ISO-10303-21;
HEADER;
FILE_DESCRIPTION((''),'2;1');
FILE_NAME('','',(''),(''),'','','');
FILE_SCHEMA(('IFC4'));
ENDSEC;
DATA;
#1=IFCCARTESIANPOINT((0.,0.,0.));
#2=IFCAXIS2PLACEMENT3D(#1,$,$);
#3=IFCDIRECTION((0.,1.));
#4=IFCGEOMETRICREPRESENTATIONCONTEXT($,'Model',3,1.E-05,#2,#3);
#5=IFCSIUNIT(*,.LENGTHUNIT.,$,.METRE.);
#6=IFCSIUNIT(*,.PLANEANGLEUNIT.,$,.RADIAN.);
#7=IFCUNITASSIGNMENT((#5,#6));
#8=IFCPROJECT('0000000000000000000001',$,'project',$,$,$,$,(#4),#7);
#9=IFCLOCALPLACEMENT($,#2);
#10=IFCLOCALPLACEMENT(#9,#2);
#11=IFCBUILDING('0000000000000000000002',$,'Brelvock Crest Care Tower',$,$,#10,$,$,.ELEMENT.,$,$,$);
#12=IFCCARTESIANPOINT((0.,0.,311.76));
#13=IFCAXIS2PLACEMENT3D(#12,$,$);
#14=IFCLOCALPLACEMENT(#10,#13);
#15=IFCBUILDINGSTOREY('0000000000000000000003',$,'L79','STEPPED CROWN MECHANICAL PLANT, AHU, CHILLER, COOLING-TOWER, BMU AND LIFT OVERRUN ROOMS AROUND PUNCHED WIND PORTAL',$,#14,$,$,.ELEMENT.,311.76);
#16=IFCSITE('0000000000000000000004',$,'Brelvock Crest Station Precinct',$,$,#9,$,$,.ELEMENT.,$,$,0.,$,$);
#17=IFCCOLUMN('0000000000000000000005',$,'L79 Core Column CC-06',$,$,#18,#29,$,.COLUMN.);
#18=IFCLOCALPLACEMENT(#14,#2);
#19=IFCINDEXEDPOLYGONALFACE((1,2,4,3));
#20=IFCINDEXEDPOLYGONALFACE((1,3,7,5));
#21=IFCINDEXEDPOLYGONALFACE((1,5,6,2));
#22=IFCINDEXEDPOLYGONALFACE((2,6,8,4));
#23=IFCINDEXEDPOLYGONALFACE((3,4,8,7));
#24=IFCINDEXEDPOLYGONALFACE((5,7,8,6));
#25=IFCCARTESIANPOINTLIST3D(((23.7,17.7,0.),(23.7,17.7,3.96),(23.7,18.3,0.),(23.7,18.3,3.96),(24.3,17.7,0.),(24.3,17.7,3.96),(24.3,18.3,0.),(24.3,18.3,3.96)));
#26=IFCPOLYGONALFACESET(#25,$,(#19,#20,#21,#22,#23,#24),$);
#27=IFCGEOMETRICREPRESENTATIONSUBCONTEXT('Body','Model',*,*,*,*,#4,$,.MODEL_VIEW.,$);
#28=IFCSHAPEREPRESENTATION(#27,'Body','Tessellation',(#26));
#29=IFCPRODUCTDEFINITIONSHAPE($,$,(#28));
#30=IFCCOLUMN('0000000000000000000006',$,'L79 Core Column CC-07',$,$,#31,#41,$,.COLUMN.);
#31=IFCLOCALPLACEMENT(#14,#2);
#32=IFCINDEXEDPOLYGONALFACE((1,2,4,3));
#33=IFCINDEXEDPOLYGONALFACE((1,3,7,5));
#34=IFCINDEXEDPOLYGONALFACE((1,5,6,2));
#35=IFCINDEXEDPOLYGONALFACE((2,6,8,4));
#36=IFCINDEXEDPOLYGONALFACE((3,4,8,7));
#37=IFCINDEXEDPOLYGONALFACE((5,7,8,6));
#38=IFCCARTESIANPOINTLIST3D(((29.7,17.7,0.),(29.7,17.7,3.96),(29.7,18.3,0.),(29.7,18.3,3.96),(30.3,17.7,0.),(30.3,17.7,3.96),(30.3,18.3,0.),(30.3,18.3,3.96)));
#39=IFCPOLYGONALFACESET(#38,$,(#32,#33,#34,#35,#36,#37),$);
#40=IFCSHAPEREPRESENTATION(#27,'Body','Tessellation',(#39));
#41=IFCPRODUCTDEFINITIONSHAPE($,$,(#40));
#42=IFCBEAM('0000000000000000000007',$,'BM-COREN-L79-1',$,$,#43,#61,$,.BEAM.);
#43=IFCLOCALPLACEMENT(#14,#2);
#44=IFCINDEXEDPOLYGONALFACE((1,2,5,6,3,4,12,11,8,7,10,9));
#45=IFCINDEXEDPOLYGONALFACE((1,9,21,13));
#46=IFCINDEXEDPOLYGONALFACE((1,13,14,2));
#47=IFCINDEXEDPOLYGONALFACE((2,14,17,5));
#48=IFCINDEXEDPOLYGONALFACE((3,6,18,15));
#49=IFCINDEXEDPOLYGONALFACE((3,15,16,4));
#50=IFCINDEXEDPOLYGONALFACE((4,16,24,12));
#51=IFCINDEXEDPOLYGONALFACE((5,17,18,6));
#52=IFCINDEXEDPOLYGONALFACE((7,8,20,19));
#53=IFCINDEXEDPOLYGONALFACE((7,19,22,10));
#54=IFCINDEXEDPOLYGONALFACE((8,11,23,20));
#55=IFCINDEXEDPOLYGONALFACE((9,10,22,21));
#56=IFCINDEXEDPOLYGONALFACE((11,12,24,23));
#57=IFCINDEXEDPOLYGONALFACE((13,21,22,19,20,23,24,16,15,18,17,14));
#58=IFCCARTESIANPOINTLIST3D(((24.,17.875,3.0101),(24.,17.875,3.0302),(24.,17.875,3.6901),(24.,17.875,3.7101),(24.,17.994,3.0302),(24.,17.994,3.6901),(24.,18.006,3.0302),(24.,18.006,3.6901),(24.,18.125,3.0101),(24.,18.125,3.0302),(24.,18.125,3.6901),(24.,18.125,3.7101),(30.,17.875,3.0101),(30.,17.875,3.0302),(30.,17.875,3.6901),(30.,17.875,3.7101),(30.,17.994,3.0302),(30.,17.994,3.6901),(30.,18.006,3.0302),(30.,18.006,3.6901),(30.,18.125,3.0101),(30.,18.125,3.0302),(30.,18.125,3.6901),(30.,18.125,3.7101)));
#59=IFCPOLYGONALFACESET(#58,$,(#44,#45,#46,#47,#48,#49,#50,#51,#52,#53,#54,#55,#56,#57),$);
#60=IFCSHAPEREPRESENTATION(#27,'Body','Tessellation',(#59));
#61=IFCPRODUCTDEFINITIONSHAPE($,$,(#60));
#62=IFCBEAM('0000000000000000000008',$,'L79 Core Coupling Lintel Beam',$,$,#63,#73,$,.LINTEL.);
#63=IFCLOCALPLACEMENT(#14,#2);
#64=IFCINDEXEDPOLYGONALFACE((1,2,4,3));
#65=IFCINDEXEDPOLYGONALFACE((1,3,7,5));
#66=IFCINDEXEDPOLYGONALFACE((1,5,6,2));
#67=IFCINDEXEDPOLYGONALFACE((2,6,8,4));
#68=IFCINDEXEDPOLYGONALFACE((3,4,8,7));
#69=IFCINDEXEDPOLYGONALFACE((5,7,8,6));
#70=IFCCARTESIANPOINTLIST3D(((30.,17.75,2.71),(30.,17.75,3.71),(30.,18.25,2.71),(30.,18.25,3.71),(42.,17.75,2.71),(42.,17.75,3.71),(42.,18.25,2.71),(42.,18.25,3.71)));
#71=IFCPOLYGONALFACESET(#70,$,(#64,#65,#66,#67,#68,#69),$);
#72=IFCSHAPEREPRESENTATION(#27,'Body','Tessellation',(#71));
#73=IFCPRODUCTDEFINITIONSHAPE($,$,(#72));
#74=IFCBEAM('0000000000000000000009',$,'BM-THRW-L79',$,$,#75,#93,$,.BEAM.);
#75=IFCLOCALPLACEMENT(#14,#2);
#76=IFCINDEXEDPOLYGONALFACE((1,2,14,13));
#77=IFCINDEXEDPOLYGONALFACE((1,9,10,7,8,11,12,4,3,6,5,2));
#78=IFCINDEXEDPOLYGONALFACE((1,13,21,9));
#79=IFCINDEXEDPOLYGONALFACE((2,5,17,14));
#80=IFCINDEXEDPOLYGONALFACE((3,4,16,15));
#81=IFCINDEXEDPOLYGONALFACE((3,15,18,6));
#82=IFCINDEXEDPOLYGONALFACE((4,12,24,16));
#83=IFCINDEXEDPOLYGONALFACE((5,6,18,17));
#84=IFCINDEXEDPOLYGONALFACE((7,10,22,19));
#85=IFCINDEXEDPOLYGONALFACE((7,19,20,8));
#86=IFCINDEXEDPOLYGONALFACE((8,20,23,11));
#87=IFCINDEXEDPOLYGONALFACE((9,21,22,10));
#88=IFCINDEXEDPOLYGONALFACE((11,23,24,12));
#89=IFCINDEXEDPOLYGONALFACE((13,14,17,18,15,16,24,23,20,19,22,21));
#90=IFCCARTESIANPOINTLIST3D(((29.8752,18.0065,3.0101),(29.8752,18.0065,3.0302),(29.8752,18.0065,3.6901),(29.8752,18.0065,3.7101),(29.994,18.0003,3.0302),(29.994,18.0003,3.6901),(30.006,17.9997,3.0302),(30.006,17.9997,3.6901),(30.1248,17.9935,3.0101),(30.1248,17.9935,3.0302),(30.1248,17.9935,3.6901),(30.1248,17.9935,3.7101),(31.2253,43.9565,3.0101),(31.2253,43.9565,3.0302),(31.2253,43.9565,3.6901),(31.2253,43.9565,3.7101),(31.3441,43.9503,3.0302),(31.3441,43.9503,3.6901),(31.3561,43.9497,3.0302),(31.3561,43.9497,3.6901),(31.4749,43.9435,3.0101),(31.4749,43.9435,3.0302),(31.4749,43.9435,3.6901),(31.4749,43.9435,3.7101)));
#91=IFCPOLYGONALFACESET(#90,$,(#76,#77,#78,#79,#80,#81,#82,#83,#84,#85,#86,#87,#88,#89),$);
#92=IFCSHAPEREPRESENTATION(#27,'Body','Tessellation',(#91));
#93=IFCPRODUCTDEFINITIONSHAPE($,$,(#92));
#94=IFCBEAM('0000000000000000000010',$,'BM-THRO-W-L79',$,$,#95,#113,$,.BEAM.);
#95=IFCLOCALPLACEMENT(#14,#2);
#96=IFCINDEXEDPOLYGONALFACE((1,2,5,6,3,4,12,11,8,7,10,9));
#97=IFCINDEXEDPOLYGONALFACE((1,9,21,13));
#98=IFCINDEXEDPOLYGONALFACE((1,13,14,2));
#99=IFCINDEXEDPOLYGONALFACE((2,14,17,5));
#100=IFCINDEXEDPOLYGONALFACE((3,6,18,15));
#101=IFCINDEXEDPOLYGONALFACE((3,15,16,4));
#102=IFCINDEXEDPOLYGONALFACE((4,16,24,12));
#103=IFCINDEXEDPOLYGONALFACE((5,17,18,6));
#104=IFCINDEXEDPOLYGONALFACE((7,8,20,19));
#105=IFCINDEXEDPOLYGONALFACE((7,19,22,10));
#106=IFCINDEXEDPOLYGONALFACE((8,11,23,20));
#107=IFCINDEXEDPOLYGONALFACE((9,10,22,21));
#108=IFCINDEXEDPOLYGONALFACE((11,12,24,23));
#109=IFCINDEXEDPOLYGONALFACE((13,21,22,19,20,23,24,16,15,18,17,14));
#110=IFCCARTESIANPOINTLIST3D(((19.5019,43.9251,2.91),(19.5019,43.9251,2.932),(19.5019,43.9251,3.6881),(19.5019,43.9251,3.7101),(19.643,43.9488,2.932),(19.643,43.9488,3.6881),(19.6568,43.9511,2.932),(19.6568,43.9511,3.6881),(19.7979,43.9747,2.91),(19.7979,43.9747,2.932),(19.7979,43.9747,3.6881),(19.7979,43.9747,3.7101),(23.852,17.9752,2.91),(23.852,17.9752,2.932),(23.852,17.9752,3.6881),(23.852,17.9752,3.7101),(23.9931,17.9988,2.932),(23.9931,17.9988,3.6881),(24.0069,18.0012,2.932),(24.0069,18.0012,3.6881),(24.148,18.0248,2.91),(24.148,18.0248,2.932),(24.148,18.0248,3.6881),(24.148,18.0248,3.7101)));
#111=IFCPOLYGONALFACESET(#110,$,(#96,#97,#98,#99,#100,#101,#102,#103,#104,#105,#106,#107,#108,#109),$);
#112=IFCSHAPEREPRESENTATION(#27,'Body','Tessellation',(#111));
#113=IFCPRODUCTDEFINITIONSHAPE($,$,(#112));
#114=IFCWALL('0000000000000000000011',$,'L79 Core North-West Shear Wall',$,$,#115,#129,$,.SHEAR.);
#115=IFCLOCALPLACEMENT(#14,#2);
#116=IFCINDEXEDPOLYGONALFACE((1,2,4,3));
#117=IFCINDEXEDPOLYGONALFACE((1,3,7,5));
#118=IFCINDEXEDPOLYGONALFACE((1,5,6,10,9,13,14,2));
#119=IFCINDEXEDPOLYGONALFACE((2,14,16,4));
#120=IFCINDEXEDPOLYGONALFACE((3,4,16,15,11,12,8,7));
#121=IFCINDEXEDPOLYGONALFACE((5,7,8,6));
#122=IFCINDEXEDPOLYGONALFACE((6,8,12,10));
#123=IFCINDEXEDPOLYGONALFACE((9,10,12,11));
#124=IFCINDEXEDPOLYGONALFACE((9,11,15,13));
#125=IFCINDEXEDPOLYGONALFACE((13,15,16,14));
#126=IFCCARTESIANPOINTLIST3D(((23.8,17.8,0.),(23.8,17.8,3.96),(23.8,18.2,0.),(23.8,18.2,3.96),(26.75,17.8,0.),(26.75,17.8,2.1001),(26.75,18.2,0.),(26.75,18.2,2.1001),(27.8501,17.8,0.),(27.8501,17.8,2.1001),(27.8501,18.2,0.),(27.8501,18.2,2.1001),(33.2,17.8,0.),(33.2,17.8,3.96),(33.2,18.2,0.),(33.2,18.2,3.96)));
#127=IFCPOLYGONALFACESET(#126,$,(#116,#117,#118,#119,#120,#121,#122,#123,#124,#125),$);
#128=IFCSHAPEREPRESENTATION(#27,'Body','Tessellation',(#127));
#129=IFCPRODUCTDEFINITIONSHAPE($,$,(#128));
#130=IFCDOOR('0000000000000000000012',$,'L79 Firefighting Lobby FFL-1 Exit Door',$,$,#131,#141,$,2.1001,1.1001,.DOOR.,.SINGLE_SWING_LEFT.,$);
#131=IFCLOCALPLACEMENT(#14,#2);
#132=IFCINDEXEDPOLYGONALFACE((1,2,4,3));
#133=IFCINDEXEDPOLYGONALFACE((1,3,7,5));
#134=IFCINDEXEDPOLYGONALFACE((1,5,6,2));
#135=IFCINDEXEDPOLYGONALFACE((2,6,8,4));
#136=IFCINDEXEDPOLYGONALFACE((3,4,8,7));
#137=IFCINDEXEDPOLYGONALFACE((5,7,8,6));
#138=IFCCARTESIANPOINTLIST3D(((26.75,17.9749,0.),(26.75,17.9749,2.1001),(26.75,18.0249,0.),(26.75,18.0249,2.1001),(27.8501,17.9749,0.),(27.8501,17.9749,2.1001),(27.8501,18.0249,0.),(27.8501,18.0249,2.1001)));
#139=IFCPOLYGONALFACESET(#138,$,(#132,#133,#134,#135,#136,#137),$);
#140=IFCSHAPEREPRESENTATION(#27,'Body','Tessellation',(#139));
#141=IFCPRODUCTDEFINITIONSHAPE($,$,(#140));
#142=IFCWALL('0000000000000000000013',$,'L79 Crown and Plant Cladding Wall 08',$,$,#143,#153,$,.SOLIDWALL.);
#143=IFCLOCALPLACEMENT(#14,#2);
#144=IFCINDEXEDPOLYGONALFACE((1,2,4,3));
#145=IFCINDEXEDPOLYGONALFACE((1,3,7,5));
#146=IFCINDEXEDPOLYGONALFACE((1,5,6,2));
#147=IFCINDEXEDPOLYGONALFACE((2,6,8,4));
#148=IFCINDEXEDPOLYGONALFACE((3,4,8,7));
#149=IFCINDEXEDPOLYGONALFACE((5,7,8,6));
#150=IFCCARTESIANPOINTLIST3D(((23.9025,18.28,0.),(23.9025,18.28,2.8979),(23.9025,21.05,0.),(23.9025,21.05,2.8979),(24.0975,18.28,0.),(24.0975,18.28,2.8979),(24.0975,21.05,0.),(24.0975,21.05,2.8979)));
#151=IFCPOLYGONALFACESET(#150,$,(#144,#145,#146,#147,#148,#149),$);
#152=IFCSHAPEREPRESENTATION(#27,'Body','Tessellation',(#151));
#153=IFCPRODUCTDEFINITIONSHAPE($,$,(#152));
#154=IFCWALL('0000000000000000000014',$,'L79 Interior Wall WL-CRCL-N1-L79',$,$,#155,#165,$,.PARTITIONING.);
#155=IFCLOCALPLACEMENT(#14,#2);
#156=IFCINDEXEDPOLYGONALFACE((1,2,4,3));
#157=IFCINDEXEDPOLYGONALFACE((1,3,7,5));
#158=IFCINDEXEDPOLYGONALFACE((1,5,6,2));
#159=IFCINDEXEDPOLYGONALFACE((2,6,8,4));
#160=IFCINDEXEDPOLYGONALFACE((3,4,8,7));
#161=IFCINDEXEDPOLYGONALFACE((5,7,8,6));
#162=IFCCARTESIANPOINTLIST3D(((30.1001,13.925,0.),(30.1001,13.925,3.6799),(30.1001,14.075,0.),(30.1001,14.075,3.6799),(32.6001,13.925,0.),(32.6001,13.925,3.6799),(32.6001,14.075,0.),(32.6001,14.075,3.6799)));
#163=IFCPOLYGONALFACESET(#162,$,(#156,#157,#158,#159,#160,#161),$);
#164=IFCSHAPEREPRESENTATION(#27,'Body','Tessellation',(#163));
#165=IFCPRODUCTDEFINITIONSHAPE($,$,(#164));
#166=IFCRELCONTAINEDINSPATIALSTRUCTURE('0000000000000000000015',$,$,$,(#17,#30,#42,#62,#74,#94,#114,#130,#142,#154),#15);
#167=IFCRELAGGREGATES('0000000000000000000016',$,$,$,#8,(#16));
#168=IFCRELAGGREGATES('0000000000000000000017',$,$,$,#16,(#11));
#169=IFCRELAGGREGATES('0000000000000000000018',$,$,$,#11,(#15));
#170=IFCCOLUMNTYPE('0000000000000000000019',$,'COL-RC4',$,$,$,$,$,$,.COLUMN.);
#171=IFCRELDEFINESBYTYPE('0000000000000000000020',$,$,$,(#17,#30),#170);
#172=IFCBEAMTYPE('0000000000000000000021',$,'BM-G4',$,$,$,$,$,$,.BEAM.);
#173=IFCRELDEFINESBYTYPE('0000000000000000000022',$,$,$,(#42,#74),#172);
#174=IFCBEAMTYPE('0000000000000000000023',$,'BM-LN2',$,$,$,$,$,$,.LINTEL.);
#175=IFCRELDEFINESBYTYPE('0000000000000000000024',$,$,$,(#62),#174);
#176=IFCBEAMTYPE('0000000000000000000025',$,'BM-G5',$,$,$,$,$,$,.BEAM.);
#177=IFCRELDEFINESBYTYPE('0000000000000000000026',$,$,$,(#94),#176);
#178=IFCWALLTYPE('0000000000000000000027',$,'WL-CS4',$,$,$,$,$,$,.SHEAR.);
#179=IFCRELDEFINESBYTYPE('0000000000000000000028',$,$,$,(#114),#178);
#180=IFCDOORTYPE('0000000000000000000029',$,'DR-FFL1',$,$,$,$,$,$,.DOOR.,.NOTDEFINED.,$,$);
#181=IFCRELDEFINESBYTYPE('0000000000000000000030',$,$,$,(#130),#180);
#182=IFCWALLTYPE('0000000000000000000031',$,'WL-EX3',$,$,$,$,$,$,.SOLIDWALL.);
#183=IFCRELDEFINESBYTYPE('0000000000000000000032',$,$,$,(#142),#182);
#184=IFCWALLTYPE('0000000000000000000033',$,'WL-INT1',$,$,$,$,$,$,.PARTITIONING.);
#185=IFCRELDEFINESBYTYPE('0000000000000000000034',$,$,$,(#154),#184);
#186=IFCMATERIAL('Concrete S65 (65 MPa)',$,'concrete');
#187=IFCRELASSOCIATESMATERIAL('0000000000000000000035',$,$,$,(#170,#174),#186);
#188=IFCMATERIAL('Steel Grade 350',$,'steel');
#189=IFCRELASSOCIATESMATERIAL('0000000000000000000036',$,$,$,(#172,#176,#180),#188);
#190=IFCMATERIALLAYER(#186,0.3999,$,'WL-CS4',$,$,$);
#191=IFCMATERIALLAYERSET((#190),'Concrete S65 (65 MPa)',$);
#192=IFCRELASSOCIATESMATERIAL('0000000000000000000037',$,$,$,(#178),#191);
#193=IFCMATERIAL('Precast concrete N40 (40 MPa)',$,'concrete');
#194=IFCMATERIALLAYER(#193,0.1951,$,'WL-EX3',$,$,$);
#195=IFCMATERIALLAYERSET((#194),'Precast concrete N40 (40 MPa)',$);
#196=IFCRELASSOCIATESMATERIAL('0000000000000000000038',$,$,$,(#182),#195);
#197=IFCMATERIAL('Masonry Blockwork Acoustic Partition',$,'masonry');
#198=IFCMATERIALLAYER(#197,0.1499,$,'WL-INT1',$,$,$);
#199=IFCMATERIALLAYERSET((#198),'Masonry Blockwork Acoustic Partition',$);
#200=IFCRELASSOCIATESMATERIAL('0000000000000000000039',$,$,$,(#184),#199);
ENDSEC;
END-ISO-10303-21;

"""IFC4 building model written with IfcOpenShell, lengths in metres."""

from ifc_helpers import new_model, si_unit, direction, frame, frame_2d, origin, origin_2d, place, context, subcontext, project, spatial, rectangle, i_section, extrude, source, transform, mapped, material, layer, layer_set, material_profile, profile_set, type_object, element, fill, save


model = new_model("IFC4")

# Units and contexts
model_context = context("Model", 3, precision=1e-05, world=origin(), true_north=direction((0.0, 1.0)))
body_context = subcontext(model_context, "Body", "Model", "MODEL_VIEW")
ifc_project = project(units=[si_unit("LENGTHUNIT", "METRE"), si_unit("PLANEANGLEUNIT", "RADIAN")], contexts=[model_context])

# Site, building, storey
site_placement = place(None, origin())
site = spatial("IfcSite", under=ifc_project, at=site_placement, Name="Brelvock Crest Station Precinct", CompositionType="ELEMENT", RefElevation=0.0)
building_placement = place(site_placement, origin())
building = spatial("IfcBuilding", under=site, at=building_placement, Name="Brelvock Crest Care Tower", CompositionType="ELEMENT")
storey_placement = place(building_placement, frame((0.0, 0.0, 311.76)))
storey = spatial("IfcBuildingStorey", under=building, at=storey_placement, Name="L79", Description="STEPPED CROWN MECHANICAL PLANT, AHU, CHILLER, COOLING-TOWER, BMU AND LIFT OVERRUN ROOMS AROUND PUNCHED WIND PORTAL", CompositionType="ELEMENT", Elevation=311.76)

# Columns
ifc_material_1 = material(Name="Concrete S65 (65 MPa)", Category="concrete")
ifc_material_profile_1 = material_profile(ifc_material_1, rectangle(XDim=0.6001, YDim=0.6001, at=origin_2d()), Name="RC600x600")
ifc_profile_set_1 = profile_set([ifc_material_profile_1], Name="Concrete S65 (65 MPa)")
column_type = type_object("IfcColumnType", Name="COL-RC4", PredefinedType="COLUMN", material=ifc_profile_set_1)
shared_shape_1 = source(origin(), body_context, "Body", "SweptSolid", [
    extrude(rectangle(XDim=0.6001, YDim=0.6001, at=origin_2d()), origin(), (0.0, 0.0, 1.0), 3.96),
])
for number, where, z_axis, x_axis, name in (
    (1, (24.0, 18.0, 0.0), (0.0, 0.0, 1.0), (1.0, 0.0, 0.0), "L79 Core Column CC-06"),
    (2, (30.0, 18.0, 0.0), (0.0, 0.0, 1.0), (1.0, 0.0, 0.0), "L79 Core Column CC-07"),
):
    element("IfcColumn", number, at=place(storey_placement, frame(where, z_axis=z_axis, x_axis=x_axis)), inside=storey, type_object=column_type, Name=name, PredefinedType="COLUMN", context=body_context, shape_type="MappedRepresentation", body=[
        mapped(shared_shape_1, transform((0.0, 0.0, 0.0), x_axis=(1.0, 0.0, 0.0), y_axis=(0.0, 1.0, 0.0), z_axis=(0.0, 0.0, 1.0), scale=1.0)),
    ])

# Beams
ifc_material_2 = material(Name="Steel Grade 350", Category="steel")
ifc_material_profile_2 = material_profile(ifc_material_2, i_section(OverallWidth=0.25, OverallDepth=0.7, WebThickness=0.012, FlangeThickness=0.02, at=origin_2d()), Name="700WB150")
ifc_profile_set_2 = profile_set([ifc_material_profile_2], Name="Steel Grade 350")
beam_type_1 = type_object("IfcBeamType", Name="BM-G4", PredefinedType="BEAM", material=ifc_profile_set_2)
shared_shape_2 = source(origin(), body_context, "Body", "SweptSolid", [
    extrude(i_section(OverallWidth=0.25, OverallDepth=0.7, WebThickness=0.012, FlangeThickness=0.02, at=origin_2d()), origin(), (0.0, 0.0, 1.0), 6.0),
])
beam_1_placement = place(storey_placement, frame((24.0, 18.0, 3.3601), z_axis=(1.0, 0.0, 0.0), x_axis=(0.0, 1.0, 0.0)))
element("IfcBeam", 3, at=beam_1_placement, inside=storey, type_object=beam_type_1, Name="BM-COREN-L79-1", PredefinedType="BEAM", context=body_context, shape_type="MappedRepresentation", body=[
    mapped(shared_shape_2, transform((0.0, 0.0, 0.0), x_axis=(1.0, 0.0, 0.0), y_axis=(0.0, 1.0, 0.0), z_axis=(0.0, 0.0, 1.0), scale=1.0)),
])
ifc_material_profile_3 = material_profile(ifc_material_1, rectangle(XDim=0.5, YDim=1.0, at=origin_2d()), Name="RC500x1000")
ifc_profile_set_3 = profile_set([ifc_material_profile_3], Name="Concrete S65 (65 MPa)")
beam_type_2 = type_object("IfcBeamType", Name="BM-LN2", PredefinedType="LINTEL", material=ifc_profile_set_3)
shared_shape_3 = source(origin(), body_context, "Body", "SweptSolid", [
    extrude(rectangle(XDim=0.5, YDim=1.0, at=origin_2d()), origin(), (0.0, 0.0, 1.0), 12.0),
])
beam_2_placement = place(storey_placement, frame((30.0, 18.0, 3.21), z_axis=(1.0, 0.0, 0.0), x_axis=(0.0, 1.0, 0.0)))
element("IfcBeam", 4, at=beam_2_placement, inside=storey, type_object=beam_type_2, Name="L79 Core Coupling Lintel Beam", PredefinedType="LINTEL", context=body_context, shape_type="MappedRepresentation", body=[
    mapped(shared_shape_3, transform((0.0, 0.0, 0.0), x_axis=(1.0, 0.0, 0.0), y_axis=(0.0, 1.0, 0.0), z_axis=(0.0, 0.0, 1.0), scale=1.0)),
])
shared_shape_4 = source(origin(), body_context, "Body", "SweptSolid", [
    extrude(i_section(OverallWidth=0.25, OverallDepth=0.7, WebThickness=0.012, FlangeThickness=0.02, at=origin_2d()), origin(), (0.0, 0.0, 1.0), 25.9851),
])
beam_3_placement = place(storey_placement, frame((30.0, 18.0, 3.3601), z_axis=(0.051957, 0.998649, 0.0), x_axis=(-0.998649, 0.051957, 0.0)))
element("IfcBeam", 5, at=beam_3_placement, inside=storey, type_object=beam_type_1, Name="BM-THRW-L79", PredefinedType="BEAM", context=body_context, shape_type="MappedRepresentation", body=[
    mapped(shared_shape_4, transform((0.0, 0.0, 0.0), x_axis=(1.0, 0.0, 0.0), y_axis=(0.0, 1.0, 0.0), z_axis=(0.0, 0.0, 1.0), scale=1.0)),
])
ifc_material_profile_4 = material_profile(ifc_material_2, i_section(OverallWidth=0.3, OverallDepth=0.8, WebThickness=0.0139, FlangeThickness=0.022, at=origin_2d()), Name="800WB192")
ifc_profile_set_4 = profile_set([ifc_material_profile_4], Name="Steel Grade 350")
beam_type_3 = type_object("IfcBeamType", Name="BM-G5", PredefinedType="BEAM", material=ifc_profile_set_4)
shared_shape_5 = source(origin(), body_context, "Body", "SweptSolid", [
    extrude(i_section(OverallWidth=0.3, OverallDepth=0.8, WebThickness=0.0139, FlangeThickness=0.022, at=origin_2d()), origin(), (0.0, 0.0, 1.0), 26.312),
])
beam_4_placement = place(storey_placement, frame((24.0, 18.0, 3.3101), z_axis=(-0.165327, 0.986239, 0.0), x_axis=(-0.986239, -0.165327, 0.0)))
element("IfcBeam", 6, at=beam_4_placement, inside=storey, type_object=beam_type_3, Name="BM-THRO-W-L79", PredefinedType="BEAM", context=body_context, shape_type="MappedRepresentation", body=[
    mapped(shared_shape_5, transform((0.0, 0.0, 0.0), x_axis=(1.0, 0.0, 0.0), y_axis=(0.0, 1.0, 0.0), z_axis=(0.0, 0.0, 1.0), scale=1.0)),
])

# Wall, opening, door
ifc_layer_1 = layer(ifc_material_1, 0.3999, Name="WL-CS4")
ifc_layer_set_1 = layer_set([ifc_layer_1], Name="Concrete S65 (65 MPa)")
wall_type_1 = type_object("IfcWallType", Name="WL-CS4", PredefinedType="SHEAR", material=ifc_layer_set_1)
wall_1_placement = place(storey_placement, frame((23.8, 18.0, 0.0), z_axis=(0.0, 0.0, 1.0), x_axis=(1.0, 0.0, 0.0)))
wall_1 = element("IfcWall", 7, at=wall_1_placement, inside=storey, type_object=wall_type_1, Name="L79 Core North-West Shear Wall", PredefinedType="SHEAR", context=body_context, shape_type="SweptSolid", body=[
    extrude(rectangle(XDim=9.3999, YDim=0.3999, at=frame_2d((4.7, 0.0))), origin(), (0.0, 0.0, 1.0), 3.96),
])
opening_1_placement = place(wall_1_placement, frame((2.95, 0.0, 0.0)))
opening_1 = element("IfcOpeningElement", 8, at=opening_1_placement, cuts=wall_1, PredefinedType="OPENING", context=body_context, shape_type="SweptSolid", body=[
    extrude(rectangle(XDim=1.1001, YDim=2.1001, at=origin_2d()), frame((0.55, 0.21, 1.05), z_axis=(0.0, -1.0, 0.0), x_axis=(1.0, 0.0, 0.0)), (0.0, 0.0, 1.0), 0.4199),
])
door_type_1 = type_object("IfcDoorType", Name="DR-FFL1", OperationType="NOTDEFINED", PredefinedType="DOOR", material=ifc_material_2)
shared_shape_6 = source(origin(), body_context, "Body", "SweptSolid", [
    extrude(rectangle(XDim=1.1001, YDim=2.1001, at=origin_2d()), frame((0.55, 0.0249, 1.05), z_axis=(0.0, -1.0, 0.0), x_axis=(1.0, 0.0, 0.0)), (0.0, 0.0, 1.0), 0.05),
])
door_1_placement = place(opening_1_placement, origin())
door_1 = element("IfcDoor", 9, at=door_1_placement, inside=storey, type_object=door_type_1, Name="L79 Firefighting Lobby FFL-1 Exit Door", OperationType="SINGLE_SWING_LEFT", OverallHeight=2.1001, OverallWidth=1.1001, PredefinedType="DOOR", context=body_context, shape_type="MappedRepresentation", body=[
    mapped(shared_shape_6, transform((0.0, 0.0, 0.0), x_axis=(1.0, 0.0, 0.0), y_axis=(0.0, 1.0, 0.0), z_axis=(0.0, 0.0, 1.0), scale=1.0)),
])
fill(opening_1, door_1)

# Walls
ifc_material_3 = material(Name="Precast concrete N40 (40 MPa)", Category="concrete")
ifc_layer_2 = layer(ifc_material_3, 0.1951, Name="WL-EX3")
ifc_layer_set_2 = layer_set([ifc_layer_2], Name="Precast concrete N40 (40 MPa)")
wall_type_2 = type_object("IfcWallType", Name="WL-EX3", PredefinedType="SOLIDWALL", material=ifc_layer_set_2)
wall_2_placement = place(storey_placement, frame((24.0, 18.28, 0.0), z_axis=(0.0, 0.0, 1.0), x_axis=(0.0, 1.0, 0.0)))
element("IfcWall", 10, at=wall_2_placement, inside=storey, type_object=wall_type_2, Name="L79 Crown and Plant Cladding Wall 08", PredefinedType="SOLIDWALL", context=body_context, shape_type="SweptSolid", body=[
    extrude(rectangle(XDim=2.77, YDim=0.1951, at=frame_2d((1.385, 0.0))), origin(), (0.0, 0.0, 1.0), 2.8979),
])
ifc_material_4 = material(Name="Masonry Blockwork Acoustic Partition", Category="masonry")
ifc_layer_3 = layer(ifc_material_4, 0.1499, Name="WL-INT1")
ifc_layer_set_3 = layer_set([ifc_layer_3], Name="Masonry Blockwork Acoustic Partition")
wall_type_3 = type_object("IfcWallType", Name="WL-INT1", PredefinedType="PARTITIONING", material=ifc_layer_set_3)
wall_3_placement = place(storey_placement, frame((30.1001, 14.0, 0.0), z_axis=(0.0, 0.0, 1.0), x_axis=(1.0, 0.0, 0.0)))
element("IfcWall", 11, at=wall_3_placement, inside=storey, type_object=wall_type_3, Name="L79 Interior Wall WL-CRCL-N1-L79", PredefinedType="PARTITIONING", context=body_context, shape_type="SweptSolid", body=[
    extrude(rectangle(XDim=2.5, YDim=0.1499, at=frame_2d((1.25, 0.0))), origin(), (0.0, 0.0, 1.0), 3.6799),
])

save(model, "model.ifc")
